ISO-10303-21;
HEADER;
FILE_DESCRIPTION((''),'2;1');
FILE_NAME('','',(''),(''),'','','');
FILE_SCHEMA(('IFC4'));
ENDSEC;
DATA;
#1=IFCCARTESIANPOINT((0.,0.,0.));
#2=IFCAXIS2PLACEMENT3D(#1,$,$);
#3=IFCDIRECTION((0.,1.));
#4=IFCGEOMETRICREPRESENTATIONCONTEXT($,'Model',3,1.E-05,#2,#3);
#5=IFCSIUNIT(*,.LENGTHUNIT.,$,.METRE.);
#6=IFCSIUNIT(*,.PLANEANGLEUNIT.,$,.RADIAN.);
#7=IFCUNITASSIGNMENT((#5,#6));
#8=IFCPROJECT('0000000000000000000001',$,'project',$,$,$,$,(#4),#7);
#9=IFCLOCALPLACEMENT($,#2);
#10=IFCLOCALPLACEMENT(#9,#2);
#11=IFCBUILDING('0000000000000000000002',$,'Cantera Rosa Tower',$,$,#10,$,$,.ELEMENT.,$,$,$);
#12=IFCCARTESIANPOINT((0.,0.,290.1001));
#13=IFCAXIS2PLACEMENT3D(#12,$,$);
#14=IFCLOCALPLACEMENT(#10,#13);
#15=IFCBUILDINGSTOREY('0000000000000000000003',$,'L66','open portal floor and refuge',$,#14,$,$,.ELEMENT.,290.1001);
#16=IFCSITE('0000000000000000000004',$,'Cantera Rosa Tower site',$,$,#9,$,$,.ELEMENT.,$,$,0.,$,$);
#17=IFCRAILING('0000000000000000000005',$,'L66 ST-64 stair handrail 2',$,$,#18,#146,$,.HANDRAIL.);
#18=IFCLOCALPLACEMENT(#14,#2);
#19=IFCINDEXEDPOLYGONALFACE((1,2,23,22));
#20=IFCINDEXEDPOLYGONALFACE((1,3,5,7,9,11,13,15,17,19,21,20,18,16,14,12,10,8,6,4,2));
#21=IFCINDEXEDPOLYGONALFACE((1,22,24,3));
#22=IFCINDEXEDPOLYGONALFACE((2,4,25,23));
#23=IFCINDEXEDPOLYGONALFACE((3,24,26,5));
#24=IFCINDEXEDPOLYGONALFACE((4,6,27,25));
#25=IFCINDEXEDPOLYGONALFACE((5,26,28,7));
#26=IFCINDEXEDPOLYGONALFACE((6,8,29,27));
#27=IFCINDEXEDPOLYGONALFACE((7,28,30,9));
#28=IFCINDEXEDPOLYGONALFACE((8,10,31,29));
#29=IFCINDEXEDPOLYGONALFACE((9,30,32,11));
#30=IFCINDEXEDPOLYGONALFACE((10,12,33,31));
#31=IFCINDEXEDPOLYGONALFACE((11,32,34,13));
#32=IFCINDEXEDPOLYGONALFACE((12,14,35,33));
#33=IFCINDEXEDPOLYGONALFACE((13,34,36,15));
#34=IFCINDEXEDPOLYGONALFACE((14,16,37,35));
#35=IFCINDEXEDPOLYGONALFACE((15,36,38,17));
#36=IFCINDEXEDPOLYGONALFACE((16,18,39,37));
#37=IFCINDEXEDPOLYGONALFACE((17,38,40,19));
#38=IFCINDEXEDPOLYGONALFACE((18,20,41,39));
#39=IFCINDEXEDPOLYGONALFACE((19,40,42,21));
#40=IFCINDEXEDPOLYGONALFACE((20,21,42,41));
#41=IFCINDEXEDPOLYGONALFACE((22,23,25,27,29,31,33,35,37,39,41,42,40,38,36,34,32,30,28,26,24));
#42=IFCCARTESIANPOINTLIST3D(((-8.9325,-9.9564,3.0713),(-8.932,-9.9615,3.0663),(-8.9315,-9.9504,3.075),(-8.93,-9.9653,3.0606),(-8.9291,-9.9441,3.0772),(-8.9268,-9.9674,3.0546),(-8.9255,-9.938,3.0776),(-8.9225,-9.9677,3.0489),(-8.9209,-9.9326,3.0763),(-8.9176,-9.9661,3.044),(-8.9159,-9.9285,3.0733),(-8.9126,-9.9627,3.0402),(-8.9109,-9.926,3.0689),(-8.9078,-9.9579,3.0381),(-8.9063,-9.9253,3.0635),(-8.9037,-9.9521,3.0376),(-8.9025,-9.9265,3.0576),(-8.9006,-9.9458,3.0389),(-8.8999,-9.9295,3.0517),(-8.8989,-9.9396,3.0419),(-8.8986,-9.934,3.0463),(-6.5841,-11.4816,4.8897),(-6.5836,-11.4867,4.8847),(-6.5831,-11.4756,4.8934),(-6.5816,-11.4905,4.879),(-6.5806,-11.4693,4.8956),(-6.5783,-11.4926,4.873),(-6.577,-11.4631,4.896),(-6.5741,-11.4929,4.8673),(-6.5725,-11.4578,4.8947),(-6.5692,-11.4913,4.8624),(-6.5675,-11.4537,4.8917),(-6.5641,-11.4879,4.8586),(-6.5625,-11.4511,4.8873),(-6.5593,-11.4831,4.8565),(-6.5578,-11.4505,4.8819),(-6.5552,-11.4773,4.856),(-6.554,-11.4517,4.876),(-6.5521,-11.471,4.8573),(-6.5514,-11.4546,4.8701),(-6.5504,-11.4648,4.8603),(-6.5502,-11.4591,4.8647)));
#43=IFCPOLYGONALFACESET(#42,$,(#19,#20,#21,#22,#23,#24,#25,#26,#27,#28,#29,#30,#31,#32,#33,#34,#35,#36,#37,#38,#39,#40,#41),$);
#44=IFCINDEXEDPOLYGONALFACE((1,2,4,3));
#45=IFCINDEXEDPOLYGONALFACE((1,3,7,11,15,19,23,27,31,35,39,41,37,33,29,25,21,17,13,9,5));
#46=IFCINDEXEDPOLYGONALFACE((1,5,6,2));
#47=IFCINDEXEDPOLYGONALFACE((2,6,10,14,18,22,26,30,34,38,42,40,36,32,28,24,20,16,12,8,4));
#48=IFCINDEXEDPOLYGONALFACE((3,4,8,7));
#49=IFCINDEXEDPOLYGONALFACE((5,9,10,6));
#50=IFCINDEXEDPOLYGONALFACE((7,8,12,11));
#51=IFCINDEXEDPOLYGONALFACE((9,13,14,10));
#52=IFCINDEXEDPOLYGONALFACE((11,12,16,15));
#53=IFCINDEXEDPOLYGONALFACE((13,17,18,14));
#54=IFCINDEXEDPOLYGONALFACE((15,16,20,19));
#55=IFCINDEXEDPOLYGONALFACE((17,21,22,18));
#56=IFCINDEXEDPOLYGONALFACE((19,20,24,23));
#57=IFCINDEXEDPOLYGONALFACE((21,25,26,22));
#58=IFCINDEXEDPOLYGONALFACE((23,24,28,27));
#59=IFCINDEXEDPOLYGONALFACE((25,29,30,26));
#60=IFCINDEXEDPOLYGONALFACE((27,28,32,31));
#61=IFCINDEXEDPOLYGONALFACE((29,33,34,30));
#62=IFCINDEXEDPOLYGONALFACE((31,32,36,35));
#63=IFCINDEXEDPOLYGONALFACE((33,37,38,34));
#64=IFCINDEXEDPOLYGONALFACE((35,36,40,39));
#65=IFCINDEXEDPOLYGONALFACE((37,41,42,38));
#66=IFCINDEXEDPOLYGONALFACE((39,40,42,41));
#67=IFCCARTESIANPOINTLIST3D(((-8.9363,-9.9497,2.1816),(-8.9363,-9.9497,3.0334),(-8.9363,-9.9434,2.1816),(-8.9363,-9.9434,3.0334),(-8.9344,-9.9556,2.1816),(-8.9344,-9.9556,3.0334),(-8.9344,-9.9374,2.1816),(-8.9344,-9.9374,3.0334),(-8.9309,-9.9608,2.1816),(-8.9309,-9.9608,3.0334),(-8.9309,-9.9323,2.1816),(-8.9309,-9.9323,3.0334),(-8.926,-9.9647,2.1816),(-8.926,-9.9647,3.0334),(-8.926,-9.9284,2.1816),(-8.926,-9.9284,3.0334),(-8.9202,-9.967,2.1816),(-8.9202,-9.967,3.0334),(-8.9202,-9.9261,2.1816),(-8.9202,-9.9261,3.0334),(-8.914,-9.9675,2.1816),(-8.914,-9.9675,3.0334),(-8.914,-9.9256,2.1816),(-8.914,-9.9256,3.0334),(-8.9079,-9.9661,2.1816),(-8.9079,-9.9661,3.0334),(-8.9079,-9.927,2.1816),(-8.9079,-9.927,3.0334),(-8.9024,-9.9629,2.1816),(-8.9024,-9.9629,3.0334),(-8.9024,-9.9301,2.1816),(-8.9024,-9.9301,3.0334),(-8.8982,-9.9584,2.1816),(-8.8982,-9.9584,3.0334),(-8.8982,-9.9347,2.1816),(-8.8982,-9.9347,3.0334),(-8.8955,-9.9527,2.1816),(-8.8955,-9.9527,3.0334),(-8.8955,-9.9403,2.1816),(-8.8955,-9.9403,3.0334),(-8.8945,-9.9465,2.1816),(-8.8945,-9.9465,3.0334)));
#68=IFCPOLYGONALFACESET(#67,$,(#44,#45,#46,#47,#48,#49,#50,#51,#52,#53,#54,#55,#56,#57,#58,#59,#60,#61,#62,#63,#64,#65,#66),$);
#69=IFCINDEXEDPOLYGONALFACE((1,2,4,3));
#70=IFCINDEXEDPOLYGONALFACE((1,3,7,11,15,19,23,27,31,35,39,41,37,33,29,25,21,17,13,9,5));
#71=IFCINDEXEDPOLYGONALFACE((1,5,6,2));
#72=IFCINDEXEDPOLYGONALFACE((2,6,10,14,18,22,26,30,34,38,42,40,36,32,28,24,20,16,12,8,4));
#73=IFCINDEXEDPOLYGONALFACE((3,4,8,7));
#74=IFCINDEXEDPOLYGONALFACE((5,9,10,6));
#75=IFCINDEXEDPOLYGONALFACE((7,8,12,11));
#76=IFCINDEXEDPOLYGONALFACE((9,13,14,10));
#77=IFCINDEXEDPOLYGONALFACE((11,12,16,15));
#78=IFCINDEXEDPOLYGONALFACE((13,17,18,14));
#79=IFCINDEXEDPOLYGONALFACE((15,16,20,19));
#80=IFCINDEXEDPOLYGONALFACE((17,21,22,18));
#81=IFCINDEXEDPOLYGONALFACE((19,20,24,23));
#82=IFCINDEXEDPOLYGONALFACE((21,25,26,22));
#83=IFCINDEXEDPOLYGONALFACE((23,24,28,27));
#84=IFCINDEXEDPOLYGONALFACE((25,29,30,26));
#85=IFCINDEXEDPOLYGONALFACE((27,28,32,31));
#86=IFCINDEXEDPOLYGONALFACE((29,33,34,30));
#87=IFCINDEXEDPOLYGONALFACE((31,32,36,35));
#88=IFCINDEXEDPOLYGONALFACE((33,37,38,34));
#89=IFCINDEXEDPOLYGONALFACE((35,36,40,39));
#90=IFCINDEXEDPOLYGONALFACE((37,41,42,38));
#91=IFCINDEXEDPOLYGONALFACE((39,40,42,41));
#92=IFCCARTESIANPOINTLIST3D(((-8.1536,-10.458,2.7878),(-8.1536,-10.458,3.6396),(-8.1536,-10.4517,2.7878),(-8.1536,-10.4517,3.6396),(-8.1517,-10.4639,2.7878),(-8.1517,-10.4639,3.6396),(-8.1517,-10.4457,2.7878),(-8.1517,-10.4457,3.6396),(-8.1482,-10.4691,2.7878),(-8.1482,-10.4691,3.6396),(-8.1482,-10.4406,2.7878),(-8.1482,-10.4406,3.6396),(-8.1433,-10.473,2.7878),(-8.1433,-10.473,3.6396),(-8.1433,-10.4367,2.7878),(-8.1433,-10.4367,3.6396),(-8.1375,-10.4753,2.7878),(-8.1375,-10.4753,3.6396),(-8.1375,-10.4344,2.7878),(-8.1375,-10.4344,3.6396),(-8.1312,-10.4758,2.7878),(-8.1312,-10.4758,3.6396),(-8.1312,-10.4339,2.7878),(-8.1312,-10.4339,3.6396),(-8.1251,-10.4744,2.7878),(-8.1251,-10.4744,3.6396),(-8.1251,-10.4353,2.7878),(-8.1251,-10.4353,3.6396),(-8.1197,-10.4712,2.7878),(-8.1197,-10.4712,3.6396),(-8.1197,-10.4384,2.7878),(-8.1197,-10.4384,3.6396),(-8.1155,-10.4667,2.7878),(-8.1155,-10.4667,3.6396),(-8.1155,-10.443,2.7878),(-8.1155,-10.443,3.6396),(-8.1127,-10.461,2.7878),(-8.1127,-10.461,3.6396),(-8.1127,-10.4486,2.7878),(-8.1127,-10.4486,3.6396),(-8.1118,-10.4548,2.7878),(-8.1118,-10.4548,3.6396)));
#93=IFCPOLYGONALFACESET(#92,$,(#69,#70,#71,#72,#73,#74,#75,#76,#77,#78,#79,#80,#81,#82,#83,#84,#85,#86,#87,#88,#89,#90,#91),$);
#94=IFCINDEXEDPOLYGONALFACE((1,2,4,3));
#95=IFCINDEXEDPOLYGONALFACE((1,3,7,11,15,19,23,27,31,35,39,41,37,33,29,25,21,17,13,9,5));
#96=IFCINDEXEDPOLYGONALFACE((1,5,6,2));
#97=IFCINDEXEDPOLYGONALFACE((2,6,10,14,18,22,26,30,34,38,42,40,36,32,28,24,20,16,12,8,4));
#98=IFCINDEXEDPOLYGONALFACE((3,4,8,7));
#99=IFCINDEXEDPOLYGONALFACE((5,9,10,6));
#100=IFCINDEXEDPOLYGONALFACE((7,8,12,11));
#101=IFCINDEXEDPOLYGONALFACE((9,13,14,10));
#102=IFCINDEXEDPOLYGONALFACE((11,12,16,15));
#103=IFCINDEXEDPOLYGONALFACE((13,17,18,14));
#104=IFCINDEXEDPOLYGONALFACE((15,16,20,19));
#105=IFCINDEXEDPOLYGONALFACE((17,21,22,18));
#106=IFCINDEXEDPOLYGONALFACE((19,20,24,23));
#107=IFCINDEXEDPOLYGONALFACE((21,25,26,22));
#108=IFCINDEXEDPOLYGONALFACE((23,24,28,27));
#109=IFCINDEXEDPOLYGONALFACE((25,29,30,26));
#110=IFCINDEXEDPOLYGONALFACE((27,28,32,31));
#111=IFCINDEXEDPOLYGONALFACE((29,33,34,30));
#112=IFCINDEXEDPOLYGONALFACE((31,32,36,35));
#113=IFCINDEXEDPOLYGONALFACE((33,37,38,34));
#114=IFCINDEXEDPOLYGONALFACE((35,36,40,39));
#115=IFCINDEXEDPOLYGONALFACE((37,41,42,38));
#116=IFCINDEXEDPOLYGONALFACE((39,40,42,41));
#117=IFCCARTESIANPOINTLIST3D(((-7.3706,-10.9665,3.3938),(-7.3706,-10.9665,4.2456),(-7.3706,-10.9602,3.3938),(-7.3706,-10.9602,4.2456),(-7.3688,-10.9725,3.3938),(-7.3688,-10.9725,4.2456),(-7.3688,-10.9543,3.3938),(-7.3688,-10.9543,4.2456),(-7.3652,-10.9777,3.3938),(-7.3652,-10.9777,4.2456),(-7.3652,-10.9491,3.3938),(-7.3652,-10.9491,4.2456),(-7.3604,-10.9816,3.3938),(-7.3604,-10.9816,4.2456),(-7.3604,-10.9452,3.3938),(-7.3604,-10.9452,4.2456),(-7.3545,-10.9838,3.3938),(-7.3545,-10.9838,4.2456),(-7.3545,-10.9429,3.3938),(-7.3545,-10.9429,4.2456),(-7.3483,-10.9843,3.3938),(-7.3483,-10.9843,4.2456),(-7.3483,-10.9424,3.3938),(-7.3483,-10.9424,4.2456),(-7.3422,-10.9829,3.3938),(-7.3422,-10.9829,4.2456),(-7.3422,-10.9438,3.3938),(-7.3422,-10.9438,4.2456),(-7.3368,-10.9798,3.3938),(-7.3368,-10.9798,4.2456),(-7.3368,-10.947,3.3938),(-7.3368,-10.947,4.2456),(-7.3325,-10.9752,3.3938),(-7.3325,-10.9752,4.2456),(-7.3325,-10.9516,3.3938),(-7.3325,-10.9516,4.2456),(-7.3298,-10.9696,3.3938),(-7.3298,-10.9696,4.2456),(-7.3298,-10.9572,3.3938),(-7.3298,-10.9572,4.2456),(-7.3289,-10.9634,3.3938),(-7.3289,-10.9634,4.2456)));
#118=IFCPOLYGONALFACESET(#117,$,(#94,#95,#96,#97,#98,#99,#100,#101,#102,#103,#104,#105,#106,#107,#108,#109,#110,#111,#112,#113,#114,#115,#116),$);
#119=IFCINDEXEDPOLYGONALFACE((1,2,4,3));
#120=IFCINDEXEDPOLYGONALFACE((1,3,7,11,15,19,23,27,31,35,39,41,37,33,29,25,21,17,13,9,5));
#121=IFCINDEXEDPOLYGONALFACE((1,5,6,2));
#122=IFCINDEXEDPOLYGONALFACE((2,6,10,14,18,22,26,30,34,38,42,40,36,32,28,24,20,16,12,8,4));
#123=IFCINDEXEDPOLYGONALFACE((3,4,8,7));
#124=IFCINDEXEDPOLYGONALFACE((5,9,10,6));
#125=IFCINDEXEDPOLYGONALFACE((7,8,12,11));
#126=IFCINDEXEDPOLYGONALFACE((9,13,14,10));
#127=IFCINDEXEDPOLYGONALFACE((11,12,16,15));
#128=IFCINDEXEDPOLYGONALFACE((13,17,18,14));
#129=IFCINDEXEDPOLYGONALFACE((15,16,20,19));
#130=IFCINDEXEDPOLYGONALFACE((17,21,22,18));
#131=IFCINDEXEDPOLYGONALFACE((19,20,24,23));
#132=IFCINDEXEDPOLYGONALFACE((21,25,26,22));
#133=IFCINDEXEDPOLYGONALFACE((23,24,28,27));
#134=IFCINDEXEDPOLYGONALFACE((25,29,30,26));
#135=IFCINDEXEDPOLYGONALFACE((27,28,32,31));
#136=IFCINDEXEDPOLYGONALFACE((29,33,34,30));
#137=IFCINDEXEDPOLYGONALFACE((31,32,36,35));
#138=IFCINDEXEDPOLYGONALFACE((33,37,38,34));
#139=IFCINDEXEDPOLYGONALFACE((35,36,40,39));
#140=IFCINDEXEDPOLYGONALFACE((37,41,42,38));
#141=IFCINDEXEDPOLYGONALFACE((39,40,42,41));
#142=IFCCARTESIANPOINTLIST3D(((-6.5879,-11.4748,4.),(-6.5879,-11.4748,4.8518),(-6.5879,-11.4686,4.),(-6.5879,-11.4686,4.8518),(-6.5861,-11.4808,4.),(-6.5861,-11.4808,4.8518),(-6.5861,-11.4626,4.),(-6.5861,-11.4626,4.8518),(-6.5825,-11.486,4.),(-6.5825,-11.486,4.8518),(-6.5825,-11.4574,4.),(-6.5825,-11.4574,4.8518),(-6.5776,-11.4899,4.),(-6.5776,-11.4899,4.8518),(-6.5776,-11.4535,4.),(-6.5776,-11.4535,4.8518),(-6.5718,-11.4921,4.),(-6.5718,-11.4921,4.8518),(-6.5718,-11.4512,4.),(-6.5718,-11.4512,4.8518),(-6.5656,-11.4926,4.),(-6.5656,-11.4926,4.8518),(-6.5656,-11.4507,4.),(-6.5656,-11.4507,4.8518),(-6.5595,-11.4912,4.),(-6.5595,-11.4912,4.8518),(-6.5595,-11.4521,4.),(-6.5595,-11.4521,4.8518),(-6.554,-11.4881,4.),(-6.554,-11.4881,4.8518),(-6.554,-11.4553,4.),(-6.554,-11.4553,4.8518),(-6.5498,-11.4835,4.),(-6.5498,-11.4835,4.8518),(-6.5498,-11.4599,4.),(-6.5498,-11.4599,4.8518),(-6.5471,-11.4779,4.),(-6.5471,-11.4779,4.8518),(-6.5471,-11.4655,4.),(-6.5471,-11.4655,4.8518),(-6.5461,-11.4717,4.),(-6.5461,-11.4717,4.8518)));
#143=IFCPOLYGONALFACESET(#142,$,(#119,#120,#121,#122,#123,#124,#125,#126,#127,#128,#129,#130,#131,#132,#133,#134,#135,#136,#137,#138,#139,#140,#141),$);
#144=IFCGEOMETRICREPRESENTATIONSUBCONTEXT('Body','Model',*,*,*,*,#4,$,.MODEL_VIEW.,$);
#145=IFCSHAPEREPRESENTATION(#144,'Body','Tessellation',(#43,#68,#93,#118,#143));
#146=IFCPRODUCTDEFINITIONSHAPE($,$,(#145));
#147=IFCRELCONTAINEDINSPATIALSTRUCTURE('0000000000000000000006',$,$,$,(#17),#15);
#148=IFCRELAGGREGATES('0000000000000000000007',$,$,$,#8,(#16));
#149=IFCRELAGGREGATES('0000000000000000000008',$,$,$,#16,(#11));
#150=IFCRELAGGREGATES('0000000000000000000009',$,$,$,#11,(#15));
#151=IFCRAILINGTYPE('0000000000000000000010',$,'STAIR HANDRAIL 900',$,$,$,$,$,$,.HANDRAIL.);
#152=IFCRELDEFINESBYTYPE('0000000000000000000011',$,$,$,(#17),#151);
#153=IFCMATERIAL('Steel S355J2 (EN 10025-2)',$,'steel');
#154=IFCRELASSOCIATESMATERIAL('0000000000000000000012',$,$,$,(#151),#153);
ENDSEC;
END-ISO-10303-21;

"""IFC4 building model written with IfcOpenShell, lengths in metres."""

from ifc_helpers import new_model, si_unit, direction, frame, origin, origin_2d, place, context, subcontext, project, spatial, circle, extrude, material, type_object, element, save


model = new_model("IFC4")

# Units and contexts
model_context = context("Model", 3, precision=1e-05, world=origin(), true_north=direction((0.0, 1.0)))
body_context = subcontext(model_context, "Body", "Model", "MODEL_VIEW")
ifc_project = project(units=[si_unit("LENGTHUNIT", "METRE"), si_unit("PLANEANGLEUNIT", "RADIAN")], contexts=[model_context])

# Site, building, storey
site_placement = place(None, origin())
site = spatial("IfcSite", under=ifc_project, at=site_placement, Name="Cantera Rosa Tower site", CompositionType="ELEMENT", RefElevation=0.0)
building_placement = place(site_placement, origin())
building = spatial("IfcBuilding", under=site, at=building_placement, Name="Cantera Rosa Tower", CompositionType="ELEMENT")
storey_placement = place(building_placement, frame((0.0, 0.0, 290.1001)))
storey = spatial("IfcBuildingStorey", under=building, at=storey_placement, Name="L66", Description="open portal floor and refuge", CompositionType="ELEMENT", Elevation=290.1001)

# Railing
ifc_material_1 = material(Name="Steel S355J2 (EN 10025-2)", Category="steel")
railing_type_1 = type_object("IfcRailingType", Name="STAIR HANDRAIL 900", PredefinedType="HANDRAIL", material=ifc_material_1)
for number, where, name in (
    (1, (-8.9155, -9.9465, 2.1816), "L66 ST-64 stair handrail 2"),
):
    element("IfcRailing", number, at=place(storey_placement, frame(where)), inside=storey, type_object=railing_type_1, Name=name, PredefinedType="HANDRAIL", context=body_context, shape_type="SweptSolid", body=[
        extrude(circle(Radius=0.0239, at=origin_2d()), frame((0.0, 0.0, 0.876), z_axis=(0.703368, -0.456798, 0.544618), x_axis=(0.54466, 0.838657, 0.0)), (0.0, 0.0, 1.0), 3.3389),
        extrude(circle(Radius=0.021, at=origin_2d()), origin(), (0.0, 0.0, 1.0), 0.8518),
        extrude(circle(Radius=0.021, at=origin_2d()), frame((0.7827, -0.5083, 0.6062)), (0.0, 0.0, 1.0), 0.8518),
        extrude(circle(Radius=0.021, at=origin_2d()), frame((1.5657, -1.0168, 1.2122)), (0.0, 0.0, 1.0), 0.8518),
        extrude(circle(Radius=0.021, at=origin_2d()), frame((2.3484, -1.5251, 1.8184)), (0.0, 0.0, 1.0), 0.8518),
    ])

save(model, "model.ifc")
